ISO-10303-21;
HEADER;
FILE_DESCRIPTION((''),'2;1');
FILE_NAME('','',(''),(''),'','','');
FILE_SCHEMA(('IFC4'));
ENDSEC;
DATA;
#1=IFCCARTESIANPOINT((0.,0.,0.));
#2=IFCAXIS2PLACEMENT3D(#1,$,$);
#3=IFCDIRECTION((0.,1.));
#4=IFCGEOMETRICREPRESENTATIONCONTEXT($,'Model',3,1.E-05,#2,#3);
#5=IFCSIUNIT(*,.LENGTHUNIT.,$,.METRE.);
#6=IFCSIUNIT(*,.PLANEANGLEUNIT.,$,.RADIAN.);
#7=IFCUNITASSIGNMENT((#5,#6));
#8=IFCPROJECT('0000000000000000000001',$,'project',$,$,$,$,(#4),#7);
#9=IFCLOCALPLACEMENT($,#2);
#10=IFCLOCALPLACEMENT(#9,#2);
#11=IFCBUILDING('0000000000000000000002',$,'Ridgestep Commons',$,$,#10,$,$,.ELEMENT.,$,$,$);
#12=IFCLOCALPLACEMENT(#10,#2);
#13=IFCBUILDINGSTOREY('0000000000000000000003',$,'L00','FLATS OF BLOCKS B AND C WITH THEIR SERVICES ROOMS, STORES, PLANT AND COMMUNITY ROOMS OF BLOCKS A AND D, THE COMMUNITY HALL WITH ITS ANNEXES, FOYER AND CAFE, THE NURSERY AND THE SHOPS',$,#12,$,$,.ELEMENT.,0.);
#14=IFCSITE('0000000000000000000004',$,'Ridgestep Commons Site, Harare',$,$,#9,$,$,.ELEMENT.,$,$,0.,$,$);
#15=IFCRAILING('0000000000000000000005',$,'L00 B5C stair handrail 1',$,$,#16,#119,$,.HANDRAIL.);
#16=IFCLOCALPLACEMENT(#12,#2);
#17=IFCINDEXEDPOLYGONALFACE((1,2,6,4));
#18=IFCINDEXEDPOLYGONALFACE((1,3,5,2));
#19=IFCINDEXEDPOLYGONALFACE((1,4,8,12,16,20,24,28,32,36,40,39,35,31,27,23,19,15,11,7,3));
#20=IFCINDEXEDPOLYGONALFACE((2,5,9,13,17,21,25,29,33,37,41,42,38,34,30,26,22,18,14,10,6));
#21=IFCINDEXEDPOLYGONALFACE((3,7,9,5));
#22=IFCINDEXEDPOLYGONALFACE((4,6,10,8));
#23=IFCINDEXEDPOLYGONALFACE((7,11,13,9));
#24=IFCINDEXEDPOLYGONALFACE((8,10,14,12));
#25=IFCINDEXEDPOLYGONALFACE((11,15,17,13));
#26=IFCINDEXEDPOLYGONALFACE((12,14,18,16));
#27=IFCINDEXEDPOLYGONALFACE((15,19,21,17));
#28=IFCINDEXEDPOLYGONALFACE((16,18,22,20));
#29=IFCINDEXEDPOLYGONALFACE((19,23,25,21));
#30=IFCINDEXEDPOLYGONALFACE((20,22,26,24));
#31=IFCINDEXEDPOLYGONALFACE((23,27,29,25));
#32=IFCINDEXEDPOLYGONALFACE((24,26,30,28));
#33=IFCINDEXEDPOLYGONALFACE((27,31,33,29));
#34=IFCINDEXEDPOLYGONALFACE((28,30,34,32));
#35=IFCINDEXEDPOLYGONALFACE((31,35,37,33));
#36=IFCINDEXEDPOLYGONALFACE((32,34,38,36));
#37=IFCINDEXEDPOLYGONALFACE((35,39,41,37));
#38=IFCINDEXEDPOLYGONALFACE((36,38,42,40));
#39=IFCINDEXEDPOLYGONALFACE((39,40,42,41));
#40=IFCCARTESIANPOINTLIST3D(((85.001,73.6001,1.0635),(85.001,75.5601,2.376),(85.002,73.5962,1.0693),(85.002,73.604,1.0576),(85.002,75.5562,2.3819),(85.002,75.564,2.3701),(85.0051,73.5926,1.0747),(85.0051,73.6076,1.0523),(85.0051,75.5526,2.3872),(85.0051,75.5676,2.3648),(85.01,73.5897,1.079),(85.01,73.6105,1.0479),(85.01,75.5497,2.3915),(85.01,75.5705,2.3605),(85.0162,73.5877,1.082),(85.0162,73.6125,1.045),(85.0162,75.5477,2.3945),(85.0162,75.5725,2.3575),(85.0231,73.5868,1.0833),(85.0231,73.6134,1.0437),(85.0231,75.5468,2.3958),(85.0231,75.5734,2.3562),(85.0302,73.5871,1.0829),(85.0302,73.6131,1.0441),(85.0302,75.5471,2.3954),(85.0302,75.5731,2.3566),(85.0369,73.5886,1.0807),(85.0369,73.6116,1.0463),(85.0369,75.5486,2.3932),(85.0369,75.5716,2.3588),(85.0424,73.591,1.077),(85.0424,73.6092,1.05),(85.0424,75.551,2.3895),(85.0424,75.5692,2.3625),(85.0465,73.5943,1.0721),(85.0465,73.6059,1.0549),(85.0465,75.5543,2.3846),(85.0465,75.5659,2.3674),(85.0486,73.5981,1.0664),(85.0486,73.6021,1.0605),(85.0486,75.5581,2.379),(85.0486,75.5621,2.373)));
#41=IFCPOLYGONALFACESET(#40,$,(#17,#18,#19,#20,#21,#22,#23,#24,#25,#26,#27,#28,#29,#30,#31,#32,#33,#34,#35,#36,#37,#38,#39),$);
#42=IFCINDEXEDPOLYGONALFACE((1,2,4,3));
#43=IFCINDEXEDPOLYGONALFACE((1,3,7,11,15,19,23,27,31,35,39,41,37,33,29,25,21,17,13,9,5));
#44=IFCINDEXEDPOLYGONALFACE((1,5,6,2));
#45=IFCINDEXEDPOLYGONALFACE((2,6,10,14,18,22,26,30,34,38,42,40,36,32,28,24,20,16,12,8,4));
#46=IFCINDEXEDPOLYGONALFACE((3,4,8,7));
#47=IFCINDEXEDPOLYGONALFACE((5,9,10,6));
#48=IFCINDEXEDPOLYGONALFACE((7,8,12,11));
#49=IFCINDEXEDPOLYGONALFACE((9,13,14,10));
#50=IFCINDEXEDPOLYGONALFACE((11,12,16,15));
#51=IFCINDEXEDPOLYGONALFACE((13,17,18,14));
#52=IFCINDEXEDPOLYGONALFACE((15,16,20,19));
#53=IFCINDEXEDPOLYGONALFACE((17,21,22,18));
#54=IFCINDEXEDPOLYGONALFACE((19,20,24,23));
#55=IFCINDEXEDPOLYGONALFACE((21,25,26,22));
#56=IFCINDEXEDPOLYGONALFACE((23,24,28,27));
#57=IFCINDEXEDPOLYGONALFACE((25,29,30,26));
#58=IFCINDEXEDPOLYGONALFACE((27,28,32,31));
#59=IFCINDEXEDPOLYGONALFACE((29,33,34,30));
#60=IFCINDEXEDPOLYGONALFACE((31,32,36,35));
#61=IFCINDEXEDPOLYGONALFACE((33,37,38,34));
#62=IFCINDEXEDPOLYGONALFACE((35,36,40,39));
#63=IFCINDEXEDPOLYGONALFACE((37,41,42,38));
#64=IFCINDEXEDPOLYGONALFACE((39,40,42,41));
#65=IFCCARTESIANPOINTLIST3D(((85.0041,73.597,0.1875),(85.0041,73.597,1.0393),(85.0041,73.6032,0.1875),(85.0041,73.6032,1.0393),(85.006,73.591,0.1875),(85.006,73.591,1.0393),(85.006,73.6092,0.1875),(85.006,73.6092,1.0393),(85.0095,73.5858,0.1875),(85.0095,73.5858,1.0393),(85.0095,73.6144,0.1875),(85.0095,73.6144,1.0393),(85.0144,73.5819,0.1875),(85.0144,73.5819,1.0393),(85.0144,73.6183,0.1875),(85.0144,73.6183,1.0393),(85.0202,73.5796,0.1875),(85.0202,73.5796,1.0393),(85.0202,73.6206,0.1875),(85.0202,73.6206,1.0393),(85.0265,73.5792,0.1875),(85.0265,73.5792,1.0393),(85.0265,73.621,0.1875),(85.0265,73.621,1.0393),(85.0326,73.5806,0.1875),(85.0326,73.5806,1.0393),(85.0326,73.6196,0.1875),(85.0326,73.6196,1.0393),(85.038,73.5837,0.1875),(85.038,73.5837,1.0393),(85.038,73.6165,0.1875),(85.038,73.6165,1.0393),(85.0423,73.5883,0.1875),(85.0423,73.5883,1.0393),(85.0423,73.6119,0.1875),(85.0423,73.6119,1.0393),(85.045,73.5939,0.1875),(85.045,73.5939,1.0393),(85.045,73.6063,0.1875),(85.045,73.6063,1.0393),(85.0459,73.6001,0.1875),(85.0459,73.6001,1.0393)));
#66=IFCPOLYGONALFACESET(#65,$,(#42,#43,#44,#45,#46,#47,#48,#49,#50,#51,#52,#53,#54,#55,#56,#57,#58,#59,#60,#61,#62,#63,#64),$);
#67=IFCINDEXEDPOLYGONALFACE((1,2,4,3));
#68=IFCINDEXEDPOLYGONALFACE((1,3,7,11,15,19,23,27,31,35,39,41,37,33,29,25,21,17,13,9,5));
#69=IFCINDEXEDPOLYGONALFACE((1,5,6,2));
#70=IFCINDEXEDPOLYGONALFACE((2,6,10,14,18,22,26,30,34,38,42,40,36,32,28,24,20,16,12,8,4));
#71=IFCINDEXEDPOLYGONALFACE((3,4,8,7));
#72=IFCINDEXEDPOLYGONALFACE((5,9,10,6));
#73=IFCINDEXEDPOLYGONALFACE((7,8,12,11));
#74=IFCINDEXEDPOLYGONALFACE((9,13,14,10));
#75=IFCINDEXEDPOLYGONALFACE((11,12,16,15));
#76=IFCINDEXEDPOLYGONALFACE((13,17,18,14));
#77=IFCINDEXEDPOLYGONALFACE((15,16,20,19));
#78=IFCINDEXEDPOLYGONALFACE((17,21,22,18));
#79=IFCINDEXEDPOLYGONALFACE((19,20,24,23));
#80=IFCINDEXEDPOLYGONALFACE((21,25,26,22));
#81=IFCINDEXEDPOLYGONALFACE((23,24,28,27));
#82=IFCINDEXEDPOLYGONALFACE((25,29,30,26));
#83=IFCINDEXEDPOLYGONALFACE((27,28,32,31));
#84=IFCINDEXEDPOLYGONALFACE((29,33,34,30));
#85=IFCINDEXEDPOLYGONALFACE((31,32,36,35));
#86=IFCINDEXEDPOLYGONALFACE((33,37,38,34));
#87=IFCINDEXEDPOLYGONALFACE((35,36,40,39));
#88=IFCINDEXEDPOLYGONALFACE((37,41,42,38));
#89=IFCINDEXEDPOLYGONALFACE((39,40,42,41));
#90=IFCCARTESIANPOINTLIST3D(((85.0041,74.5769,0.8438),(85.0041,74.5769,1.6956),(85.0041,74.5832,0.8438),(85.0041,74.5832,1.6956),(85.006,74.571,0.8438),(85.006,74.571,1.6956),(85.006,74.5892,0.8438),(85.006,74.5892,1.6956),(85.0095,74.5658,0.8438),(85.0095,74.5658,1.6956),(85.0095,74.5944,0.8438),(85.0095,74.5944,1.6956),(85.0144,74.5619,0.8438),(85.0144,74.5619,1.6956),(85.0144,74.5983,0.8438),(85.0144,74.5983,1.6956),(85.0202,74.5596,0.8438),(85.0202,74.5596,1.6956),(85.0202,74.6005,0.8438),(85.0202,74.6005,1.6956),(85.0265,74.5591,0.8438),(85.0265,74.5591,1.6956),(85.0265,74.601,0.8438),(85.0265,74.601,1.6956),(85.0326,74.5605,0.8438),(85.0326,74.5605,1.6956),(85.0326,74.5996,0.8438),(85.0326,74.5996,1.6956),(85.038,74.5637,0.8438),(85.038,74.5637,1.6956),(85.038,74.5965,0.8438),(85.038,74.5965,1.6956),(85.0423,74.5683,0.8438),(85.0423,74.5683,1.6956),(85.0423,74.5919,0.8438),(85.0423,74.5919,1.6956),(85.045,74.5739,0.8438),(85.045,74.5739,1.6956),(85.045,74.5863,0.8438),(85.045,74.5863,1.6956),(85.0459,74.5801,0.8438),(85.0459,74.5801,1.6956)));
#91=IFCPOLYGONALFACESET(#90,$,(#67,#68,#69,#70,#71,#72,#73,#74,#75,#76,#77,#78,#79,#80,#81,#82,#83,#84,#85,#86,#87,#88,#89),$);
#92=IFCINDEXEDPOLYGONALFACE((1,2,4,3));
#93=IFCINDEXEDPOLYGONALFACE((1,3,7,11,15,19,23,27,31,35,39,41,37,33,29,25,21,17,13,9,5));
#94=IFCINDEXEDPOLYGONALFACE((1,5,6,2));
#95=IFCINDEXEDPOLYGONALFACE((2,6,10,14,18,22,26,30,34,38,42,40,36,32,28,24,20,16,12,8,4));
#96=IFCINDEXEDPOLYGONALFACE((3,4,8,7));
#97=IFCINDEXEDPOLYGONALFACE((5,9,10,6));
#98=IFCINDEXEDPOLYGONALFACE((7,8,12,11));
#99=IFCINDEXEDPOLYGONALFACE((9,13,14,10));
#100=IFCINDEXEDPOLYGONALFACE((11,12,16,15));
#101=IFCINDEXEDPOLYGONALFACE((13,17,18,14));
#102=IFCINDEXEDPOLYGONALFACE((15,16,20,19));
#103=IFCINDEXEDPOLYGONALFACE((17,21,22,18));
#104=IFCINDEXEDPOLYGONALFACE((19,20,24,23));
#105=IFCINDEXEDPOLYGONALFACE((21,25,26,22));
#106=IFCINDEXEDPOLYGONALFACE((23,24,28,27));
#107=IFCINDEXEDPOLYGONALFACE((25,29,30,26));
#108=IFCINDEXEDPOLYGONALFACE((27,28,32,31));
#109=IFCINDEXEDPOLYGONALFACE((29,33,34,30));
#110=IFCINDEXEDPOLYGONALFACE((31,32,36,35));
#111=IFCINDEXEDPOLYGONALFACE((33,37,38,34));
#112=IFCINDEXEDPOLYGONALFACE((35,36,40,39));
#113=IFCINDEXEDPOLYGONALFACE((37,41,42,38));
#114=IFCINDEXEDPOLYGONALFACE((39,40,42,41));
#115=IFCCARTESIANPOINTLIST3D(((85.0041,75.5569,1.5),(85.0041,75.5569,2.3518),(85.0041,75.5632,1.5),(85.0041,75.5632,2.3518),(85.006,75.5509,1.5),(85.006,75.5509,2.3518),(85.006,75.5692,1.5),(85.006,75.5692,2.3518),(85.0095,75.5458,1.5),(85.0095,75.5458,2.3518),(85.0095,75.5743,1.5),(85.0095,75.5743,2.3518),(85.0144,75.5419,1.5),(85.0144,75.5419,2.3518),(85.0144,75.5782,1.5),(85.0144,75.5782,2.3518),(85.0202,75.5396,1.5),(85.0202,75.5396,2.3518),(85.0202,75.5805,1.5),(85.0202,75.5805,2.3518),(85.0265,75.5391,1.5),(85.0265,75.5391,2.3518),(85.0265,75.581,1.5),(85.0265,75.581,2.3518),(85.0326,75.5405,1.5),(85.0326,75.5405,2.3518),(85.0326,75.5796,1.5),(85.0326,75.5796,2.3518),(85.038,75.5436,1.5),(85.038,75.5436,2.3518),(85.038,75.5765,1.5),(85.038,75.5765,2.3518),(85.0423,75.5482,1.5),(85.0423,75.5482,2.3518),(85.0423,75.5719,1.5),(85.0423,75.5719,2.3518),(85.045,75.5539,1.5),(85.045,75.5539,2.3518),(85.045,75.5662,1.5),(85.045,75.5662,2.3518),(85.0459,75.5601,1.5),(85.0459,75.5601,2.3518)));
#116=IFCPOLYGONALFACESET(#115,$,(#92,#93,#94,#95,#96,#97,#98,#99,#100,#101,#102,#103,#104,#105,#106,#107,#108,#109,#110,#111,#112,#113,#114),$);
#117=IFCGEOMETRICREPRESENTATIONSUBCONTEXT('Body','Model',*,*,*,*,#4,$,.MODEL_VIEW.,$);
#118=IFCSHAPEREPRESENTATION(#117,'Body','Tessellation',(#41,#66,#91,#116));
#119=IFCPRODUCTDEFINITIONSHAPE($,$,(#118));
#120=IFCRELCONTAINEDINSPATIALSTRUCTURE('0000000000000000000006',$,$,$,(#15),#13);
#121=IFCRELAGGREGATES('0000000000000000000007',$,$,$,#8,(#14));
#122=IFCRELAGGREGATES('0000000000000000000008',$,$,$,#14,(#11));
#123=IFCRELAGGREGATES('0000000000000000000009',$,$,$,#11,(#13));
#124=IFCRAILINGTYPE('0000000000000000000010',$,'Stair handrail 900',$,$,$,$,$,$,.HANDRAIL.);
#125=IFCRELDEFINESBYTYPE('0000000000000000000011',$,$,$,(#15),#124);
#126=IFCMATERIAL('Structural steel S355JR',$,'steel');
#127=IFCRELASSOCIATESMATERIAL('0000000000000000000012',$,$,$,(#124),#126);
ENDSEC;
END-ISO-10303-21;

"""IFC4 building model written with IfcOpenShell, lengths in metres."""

from ifc_helpers import new_model, si_unit, direction, frame, origin, origin_2d, place, context, subcontext, project, spatial, circle, extrude, material, type_object, element, save


model = new_model("IFC4")

# Units and contexts
model_context = context("Model", 3, precision=1e-05, world=origin(), true_north=direction((0.0, 1.0)))
body_context = subcontext(model_context, "Body", "Model", "MODEL_VIEW")
ifc_project = project(units=[si_unit("LENGTHUNIT", "METRE"), si_unit("PLANEANGLEUNIT", "RADIAN")], contexts=[model_context])

# Site, building, storey
site_placement = place(None, origin())
site = spatial("IfcSite", under=ifc_project, at=site_placement, Name="Ridgestep Commons Site, Harare", CompositionType="ELEMENT", RefElevation=0.0)
building_placement = place(site_placement, origin())
building = spatial("IfcBuilding", under=site, at=building_placement, Name="Ridgestep Commons", CompositionType="ELEMENT")
storey_placement = place(building_placement, origin())
storey = spatial("IfcBuildingStorey", under=building, at=storey_placement, Name="L00", Description="FLATS OF BLOCKS B AND C WITH THEIR SERVICES ROOMS, STORES, PLANT AND COMMUNITY ROOMS OF BLOCKS A AND D, THE COMMUNITY HALL WITH ITS ANNEXES, FOYER AND CAFE, THE NURSERY AND THE SHOPS", CompositionType="ELEMENT", Elevation=0.0)

# Railing
ifc_material_1 = material(Name="Structural steel S355JR", Category="steel")
railing_type_1 = type_object("IfcRailingType", Name="Stair handrail 900", PredefinedType="HANDRAIL", material=ifc_material_1)
railing_1_placement = place(storey_placement, frame((85.0249, 73.6001, 0.1875)))
element("IfcRailing", 1, at=railing_1_placement, inside=storey, type_object=railing_type_1, Name="L00 B5C stair handrail 1", PredefinedType="HANDRAIL", context=body_context, shape_type="SweptSolid", body=[
    extrude(circle(Radius=0.0239, at=origin_2d()), frame((0.0, 0.0, 0.876), z_axis=(0.0, 0.830902, 0.556419), x_axis=(-1.0, 0.0, 0.0)), (0.0, 0.0, 1.0), 2.3589),
    extrude(circle(Radius=0.021, at=origin_2d()), origin(), (0.0, 0.0, 1.0), 0.8518),
    extrude(circle(Radius=0.021, at=origin_2d()), frame((0.0, 0.98, 0.6562)), (0.0, 0.0, 1.0), 0.8518),
    extrude(circle(Radius=0.021, at=origin_2d()), frame((0.0, 1.96, 1.3125)), (0.0, 0.0, 1.0), 0.8518),
])

save(model, "model.ifc")
